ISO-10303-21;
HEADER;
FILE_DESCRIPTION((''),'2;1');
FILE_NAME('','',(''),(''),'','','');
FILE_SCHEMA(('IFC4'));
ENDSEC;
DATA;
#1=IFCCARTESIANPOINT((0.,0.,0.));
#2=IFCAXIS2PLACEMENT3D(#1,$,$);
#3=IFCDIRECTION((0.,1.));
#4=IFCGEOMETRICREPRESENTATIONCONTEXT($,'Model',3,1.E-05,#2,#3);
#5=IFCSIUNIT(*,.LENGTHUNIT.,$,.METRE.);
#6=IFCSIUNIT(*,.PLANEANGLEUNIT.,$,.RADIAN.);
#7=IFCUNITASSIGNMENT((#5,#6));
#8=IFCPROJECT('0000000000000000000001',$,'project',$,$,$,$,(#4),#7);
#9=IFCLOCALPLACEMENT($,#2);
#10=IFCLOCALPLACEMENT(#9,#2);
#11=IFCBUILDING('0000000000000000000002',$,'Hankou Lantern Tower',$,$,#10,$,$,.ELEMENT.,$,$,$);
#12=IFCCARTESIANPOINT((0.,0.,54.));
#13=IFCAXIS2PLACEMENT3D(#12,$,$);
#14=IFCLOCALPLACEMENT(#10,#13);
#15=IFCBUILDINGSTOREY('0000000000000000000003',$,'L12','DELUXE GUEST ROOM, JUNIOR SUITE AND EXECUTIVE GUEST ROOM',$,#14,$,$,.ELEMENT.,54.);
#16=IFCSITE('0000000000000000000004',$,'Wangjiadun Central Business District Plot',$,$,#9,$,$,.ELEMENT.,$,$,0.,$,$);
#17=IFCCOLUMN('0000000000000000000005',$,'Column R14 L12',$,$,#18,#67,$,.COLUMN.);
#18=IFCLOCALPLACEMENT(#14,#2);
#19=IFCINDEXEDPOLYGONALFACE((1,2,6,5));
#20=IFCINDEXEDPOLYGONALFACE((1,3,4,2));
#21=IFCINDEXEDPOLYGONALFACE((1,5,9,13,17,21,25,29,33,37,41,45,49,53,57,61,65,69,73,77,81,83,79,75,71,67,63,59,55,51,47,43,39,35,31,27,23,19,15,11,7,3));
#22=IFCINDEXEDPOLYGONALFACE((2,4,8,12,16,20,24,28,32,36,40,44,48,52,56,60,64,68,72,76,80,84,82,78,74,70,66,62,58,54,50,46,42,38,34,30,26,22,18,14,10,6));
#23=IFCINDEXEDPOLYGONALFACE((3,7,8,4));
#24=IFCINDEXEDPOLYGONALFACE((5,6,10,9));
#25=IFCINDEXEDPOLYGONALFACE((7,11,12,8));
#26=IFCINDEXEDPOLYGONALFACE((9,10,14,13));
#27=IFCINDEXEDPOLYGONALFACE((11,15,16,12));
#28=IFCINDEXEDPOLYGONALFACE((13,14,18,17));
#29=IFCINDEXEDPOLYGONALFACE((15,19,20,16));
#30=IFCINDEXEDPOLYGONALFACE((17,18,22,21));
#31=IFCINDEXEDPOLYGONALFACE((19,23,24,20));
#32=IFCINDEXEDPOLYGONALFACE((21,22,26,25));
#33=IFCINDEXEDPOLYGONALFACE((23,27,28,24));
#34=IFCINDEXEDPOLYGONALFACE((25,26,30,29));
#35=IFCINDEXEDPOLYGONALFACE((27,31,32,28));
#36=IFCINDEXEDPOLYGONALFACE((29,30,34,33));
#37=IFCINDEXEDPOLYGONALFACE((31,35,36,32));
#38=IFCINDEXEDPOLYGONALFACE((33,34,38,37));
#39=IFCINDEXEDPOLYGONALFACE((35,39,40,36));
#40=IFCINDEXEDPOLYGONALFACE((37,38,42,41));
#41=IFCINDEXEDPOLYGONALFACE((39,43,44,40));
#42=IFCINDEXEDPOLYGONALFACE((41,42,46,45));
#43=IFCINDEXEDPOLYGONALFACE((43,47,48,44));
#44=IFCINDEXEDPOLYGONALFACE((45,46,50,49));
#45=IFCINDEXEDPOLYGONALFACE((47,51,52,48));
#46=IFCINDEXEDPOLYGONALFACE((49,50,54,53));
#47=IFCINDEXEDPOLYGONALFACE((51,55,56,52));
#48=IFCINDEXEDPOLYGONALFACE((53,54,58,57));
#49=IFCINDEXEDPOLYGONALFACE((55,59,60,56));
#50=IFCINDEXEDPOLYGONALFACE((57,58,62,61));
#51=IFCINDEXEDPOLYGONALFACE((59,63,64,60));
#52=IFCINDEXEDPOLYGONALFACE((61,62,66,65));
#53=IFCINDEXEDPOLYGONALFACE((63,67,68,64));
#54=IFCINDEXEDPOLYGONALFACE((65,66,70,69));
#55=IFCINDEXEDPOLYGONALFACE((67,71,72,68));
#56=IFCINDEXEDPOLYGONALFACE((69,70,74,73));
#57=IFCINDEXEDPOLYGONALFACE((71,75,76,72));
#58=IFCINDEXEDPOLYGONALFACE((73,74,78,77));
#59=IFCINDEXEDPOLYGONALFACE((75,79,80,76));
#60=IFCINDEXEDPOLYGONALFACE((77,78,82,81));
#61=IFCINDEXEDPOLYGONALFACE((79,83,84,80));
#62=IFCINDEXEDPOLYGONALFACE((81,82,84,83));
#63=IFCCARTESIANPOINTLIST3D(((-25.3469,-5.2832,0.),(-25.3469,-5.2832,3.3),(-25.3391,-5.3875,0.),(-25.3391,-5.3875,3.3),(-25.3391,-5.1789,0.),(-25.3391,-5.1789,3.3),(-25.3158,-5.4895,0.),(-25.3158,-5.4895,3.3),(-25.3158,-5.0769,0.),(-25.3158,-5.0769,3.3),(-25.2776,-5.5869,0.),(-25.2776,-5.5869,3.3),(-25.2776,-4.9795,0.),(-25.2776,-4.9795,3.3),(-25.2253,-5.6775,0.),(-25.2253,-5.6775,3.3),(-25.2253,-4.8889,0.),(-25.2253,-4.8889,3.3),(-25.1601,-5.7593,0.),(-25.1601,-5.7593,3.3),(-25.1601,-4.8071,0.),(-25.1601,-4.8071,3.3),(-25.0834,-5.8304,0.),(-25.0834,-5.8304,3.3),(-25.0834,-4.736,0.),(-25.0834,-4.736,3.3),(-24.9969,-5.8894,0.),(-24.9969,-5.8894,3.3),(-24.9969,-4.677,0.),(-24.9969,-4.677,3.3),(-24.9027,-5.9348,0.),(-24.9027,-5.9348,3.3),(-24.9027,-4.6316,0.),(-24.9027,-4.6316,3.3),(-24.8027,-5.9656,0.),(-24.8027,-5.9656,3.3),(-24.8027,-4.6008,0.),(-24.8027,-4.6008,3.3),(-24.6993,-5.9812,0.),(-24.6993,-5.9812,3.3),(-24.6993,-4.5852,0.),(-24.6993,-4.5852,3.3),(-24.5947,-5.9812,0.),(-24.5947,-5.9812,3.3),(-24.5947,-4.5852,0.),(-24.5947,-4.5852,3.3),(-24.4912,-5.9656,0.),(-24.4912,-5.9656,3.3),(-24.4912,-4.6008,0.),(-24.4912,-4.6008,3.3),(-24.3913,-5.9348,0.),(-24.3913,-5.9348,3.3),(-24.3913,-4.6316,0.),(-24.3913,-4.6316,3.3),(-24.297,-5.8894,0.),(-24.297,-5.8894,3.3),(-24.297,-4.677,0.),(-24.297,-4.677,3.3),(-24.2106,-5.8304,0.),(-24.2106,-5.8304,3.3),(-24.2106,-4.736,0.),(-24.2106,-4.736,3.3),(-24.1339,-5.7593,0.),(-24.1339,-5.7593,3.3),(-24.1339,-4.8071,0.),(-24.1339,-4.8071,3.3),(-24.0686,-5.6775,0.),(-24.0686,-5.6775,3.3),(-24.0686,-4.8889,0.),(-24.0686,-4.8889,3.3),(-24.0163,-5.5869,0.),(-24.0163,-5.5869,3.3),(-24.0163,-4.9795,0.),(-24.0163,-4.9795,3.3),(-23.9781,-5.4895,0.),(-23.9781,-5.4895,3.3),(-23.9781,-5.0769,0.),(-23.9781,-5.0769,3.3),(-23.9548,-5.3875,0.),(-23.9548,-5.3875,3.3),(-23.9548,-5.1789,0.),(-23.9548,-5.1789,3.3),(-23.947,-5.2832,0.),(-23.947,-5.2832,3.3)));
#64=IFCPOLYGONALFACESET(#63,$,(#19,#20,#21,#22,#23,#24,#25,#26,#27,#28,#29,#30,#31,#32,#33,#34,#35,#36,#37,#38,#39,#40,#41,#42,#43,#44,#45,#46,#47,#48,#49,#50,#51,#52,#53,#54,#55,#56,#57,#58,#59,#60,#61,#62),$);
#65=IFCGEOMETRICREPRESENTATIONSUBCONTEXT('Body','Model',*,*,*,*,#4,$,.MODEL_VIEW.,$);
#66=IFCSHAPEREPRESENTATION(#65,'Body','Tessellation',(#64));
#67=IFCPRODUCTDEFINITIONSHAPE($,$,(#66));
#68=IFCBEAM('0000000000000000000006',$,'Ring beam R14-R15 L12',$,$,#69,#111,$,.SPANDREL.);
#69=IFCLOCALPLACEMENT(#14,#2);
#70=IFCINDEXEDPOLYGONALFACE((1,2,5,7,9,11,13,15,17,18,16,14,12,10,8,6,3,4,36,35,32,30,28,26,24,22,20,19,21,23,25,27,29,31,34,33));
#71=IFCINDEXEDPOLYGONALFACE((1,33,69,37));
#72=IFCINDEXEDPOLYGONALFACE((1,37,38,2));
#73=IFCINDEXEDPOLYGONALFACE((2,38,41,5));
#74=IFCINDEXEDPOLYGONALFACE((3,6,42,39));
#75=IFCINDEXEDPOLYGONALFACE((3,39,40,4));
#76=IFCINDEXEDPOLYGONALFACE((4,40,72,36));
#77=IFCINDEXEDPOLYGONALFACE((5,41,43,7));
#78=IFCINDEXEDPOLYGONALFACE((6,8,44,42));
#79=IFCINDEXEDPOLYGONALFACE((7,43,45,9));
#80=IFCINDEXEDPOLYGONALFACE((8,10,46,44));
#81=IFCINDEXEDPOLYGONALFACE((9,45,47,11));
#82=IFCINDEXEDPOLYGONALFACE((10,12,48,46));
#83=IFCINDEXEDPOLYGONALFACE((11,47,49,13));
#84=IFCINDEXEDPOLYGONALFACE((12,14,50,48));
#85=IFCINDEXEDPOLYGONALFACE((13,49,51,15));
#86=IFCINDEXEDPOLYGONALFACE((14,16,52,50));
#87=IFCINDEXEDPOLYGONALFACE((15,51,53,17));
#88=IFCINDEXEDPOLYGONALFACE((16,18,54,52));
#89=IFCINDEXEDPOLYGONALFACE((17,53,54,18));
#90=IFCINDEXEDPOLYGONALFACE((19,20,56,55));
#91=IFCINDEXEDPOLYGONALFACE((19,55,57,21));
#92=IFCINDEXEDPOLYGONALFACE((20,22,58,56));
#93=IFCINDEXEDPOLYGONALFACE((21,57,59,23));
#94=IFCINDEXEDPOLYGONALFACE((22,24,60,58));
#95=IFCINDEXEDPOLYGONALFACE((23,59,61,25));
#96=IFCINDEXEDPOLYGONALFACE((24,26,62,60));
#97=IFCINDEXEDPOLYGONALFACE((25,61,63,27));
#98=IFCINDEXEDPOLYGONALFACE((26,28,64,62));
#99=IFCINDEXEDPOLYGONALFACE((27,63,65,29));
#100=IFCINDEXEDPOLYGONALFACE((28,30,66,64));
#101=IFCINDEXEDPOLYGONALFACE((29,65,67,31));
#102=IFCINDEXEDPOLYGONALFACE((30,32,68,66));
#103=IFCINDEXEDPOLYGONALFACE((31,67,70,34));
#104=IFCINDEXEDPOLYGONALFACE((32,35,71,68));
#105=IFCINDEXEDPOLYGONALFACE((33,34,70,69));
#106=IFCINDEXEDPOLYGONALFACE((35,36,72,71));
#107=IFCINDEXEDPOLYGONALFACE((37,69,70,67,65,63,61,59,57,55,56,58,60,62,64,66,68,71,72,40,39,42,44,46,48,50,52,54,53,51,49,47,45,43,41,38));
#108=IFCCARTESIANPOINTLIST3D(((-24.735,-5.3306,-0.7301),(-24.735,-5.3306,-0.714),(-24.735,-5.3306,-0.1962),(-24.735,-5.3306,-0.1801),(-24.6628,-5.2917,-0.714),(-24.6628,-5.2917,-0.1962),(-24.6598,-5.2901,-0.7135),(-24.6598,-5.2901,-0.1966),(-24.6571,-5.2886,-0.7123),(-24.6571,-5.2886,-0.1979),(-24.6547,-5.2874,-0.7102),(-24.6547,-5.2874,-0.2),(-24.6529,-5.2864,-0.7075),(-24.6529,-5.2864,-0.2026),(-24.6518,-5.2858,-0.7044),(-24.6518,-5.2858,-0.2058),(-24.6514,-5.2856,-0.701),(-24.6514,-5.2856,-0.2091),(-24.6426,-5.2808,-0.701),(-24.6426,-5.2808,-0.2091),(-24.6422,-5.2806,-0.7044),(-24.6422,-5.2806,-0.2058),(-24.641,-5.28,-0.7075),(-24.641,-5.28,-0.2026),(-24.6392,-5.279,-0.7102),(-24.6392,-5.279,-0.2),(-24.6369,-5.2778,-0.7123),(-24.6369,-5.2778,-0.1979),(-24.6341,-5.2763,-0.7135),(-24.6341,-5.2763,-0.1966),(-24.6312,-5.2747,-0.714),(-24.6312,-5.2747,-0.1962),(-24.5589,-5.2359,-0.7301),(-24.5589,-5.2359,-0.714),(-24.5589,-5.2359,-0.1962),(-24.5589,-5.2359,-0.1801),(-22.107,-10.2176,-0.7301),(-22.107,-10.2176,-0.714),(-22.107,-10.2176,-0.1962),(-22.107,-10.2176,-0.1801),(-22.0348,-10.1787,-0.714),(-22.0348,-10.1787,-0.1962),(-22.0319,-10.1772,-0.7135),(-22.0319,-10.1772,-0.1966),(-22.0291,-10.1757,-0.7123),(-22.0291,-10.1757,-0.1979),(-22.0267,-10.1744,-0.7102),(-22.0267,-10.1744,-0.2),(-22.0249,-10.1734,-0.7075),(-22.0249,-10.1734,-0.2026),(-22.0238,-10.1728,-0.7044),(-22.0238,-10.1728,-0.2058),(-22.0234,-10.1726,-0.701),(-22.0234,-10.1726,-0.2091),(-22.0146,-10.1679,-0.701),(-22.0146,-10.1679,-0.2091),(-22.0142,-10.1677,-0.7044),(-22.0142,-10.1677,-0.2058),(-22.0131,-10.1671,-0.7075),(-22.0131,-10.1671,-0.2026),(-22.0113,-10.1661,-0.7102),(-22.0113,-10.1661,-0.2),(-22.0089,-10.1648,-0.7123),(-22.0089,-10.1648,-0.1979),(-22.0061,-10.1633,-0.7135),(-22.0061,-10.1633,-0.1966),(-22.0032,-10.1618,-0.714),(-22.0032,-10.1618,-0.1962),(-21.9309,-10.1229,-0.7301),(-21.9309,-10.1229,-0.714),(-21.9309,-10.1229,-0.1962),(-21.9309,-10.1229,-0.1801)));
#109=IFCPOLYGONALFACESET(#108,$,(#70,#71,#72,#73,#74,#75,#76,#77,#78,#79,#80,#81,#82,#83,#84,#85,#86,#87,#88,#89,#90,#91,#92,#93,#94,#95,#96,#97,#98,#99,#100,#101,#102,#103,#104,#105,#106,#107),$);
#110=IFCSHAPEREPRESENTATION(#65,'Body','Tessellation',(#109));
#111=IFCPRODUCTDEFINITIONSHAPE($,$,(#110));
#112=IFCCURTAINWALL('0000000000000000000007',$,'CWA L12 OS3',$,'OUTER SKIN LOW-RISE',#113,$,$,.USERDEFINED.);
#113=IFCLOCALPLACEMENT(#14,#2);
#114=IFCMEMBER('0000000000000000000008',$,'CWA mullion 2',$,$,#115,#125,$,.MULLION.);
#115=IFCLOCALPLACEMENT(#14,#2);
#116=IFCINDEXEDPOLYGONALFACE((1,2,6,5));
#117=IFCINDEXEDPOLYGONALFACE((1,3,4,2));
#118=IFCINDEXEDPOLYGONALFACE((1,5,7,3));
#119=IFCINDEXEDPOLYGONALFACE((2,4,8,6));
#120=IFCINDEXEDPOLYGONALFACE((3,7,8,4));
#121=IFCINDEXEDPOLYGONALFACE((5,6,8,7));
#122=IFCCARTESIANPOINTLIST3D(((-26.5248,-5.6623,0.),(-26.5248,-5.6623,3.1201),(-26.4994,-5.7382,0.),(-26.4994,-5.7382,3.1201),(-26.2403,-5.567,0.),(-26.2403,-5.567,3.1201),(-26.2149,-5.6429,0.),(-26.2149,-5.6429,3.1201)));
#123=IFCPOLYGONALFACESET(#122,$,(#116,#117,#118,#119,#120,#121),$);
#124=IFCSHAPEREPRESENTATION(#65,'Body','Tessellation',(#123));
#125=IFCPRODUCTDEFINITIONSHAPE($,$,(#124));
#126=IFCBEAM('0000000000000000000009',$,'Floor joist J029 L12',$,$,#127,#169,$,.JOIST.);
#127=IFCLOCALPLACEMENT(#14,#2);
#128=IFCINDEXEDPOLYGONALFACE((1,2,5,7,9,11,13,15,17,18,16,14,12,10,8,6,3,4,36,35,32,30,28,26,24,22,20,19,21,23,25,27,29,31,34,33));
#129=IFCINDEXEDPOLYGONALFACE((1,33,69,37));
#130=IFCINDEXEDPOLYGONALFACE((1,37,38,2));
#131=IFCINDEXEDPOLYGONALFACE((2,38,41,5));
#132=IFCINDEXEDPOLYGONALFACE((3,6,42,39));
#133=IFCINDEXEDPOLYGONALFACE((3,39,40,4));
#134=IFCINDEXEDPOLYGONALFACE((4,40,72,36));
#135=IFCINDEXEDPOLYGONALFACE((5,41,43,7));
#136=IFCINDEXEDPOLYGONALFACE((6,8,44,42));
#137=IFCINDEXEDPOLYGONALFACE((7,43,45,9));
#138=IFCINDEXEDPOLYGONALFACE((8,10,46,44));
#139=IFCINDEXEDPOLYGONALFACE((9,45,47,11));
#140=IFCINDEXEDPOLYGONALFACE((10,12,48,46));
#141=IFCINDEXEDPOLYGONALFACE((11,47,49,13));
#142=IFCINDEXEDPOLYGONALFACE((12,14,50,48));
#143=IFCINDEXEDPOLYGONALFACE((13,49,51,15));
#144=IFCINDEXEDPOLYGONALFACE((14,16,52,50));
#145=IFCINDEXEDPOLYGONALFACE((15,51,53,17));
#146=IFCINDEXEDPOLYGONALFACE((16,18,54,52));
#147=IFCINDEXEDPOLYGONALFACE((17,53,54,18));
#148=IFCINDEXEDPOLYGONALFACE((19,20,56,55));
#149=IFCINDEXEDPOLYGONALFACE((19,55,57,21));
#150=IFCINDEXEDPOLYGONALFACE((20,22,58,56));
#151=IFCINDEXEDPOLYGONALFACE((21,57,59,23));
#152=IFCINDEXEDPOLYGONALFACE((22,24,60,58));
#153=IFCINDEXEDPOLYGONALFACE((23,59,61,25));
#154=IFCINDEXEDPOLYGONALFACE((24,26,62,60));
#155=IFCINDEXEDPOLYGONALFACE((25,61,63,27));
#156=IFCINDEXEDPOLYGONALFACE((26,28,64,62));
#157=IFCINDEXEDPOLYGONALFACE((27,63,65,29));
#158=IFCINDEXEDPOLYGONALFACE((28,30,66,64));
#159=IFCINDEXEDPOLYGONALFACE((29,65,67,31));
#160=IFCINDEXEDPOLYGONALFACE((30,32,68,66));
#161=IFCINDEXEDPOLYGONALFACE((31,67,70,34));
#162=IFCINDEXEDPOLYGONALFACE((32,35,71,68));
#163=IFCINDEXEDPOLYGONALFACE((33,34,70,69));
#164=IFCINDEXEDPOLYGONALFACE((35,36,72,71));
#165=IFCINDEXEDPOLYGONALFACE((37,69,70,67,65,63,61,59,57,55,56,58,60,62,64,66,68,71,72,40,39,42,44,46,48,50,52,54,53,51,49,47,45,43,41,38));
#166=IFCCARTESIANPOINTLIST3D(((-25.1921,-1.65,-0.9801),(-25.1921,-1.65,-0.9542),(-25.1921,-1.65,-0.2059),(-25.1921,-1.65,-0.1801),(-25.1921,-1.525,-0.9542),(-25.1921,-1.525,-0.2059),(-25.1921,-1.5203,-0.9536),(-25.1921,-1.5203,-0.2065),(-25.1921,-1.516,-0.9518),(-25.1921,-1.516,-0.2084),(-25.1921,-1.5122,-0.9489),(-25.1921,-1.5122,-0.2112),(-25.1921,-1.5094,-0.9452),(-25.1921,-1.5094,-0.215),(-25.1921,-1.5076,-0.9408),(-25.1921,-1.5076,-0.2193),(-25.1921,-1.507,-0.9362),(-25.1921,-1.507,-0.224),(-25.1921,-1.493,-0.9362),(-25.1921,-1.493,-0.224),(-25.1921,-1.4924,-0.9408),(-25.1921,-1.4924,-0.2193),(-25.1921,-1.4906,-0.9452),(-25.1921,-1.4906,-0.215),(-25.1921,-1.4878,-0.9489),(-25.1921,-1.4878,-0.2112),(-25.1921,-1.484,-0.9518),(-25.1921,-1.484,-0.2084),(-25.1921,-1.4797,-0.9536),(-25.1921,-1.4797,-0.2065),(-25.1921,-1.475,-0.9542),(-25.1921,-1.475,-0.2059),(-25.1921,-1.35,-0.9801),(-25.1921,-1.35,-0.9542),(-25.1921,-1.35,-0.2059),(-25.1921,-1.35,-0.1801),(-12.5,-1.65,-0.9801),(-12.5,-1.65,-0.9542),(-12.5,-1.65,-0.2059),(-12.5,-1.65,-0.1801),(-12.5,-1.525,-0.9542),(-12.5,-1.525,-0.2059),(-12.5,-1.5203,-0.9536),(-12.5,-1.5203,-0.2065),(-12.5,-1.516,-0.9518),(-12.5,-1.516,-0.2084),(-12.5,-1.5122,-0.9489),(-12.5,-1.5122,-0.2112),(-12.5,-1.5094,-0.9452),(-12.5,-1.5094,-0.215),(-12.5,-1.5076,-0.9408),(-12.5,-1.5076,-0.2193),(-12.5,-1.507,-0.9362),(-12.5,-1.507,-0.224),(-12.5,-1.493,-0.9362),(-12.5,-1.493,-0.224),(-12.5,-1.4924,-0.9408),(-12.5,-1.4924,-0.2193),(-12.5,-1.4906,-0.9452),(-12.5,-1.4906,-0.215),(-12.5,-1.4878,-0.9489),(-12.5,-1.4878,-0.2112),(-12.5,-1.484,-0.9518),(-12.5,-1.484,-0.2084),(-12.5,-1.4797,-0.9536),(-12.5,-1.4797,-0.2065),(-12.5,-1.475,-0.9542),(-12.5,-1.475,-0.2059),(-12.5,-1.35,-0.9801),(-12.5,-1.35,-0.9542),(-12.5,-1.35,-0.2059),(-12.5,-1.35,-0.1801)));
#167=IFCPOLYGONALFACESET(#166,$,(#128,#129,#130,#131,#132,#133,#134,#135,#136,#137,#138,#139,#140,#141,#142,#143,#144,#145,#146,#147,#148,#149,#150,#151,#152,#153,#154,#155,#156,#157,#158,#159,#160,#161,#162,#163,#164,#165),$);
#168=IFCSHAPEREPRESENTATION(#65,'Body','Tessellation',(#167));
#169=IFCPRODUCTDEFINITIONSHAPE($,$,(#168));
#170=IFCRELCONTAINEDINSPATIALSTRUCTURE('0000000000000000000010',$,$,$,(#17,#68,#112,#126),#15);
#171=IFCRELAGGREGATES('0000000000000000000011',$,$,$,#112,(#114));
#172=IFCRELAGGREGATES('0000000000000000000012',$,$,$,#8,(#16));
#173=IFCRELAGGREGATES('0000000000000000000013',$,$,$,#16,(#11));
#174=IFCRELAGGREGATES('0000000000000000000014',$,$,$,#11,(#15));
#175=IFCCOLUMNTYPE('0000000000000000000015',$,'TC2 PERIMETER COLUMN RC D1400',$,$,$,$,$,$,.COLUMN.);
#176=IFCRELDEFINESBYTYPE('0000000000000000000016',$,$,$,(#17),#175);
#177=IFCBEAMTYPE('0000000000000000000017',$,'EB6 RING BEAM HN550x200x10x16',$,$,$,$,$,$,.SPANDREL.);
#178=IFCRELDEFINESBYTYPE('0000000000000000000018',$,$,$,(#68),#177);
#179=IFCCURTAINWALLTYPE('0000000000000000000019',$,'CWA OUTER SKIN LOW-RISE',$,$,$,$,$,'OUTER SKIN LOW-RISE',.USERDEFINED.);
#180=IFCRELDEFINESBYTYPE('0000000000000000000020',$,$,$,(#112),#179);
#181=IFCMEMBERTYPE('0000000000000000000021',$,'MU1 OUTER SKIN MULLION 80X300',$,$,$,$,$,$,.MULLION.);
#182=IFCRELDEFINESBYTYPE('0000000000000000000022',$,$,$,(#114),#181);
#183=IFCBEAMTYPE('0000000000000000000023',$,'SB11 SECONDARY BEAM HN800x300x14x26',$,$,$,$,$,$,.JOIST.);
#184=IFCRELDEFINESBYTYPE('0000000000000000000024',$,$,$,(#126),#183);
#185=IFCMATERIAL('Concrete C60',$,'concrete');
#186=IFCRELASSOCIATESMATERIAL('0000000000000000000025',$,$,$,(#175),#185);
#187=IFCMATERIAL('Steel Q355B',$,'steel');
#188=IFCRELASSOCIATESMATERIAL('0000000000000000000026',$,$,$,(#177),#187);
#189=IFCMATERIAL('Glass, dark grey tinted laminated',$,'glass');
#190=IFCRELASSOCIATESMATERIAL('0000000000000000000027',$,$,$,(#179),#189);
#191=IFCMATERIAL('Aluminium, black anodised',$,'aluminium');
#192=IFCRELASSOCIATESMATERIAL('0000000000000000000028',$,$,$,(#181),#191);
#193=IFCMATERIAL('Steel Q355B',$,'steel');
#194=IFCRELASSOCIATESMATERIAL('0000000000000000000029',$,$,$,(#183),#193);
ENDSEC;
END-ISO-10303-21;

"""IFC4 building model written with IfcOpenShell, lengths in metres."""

from ifc_helpers import new_model, si_unit, direction, frame, origin, origin_2d, place, context, subcontext, project, spatial, rectangle, circle, i_section, extrude, material, material_profile, profile_set, type_object, element, aggregate, save


model = new_model("IFC4")

# Units and contexts
model_context = context("Model", 3, precision=1e-05, world=origin(), true_north=direction((0.0, 1.0)))
body_context = subcontext(model_context, "Body", "Model", "MODEL_VIEW")
ifc_project = project(units=[si_unit("LENGTHUNIT", "METRE"), si_unit("PLANEANGLEUNIT", "RADIAN")], contexts=[model_context])

# Site, building, storey
site_placement = place(None, origin())
site = spatial("IfcSite", under=ifc_project, at=site_placement, Name="Wangjiadun Central Business District Plot", CompositionType="ELEMENT", RefElevation=0.0)
building_placement = place(site_placement, origin())
building = spatial("IfcBuilding", under=site, at=building_placement, Name="Hankou Lantern Tower", CompositionType="ELEMENT")
storey_placement = place(building_placement, frame((0.0, 0.0, 54.0)))
storey = spatial("IfcBuildingStorey", under=building, at=storey_placement, Name="L12", Description="DELUXE GUEST ROOM, JUNIOR SUITE AND EXECUTIVE GUEST ROOM", CompositionType="ELEMENT", Elevation=54.0)

# Column
ifc_material_1 = material(Name="Concrete C60", Category="concrete")
ifc_material_profile_1 = material_profile(ifc_material_1, circle(Radius=0.7, at=origin_2d()), Name="RC D1400")
ifc_profile_set_1 = profile_set([ifc_material_profile_1], Name="Concrete C60")
column_type = type_object("IfcColumnType", Name="TC2 PERIMETER COLUMN RC D1400", PredefinedType="COLUMN", material=ifc_profile_set_1)
column_placement = place(storey_placement, frame((-24.647, -5.2832, 0.0), z_axis=(0.0, 0.0, 1.0), x_axis=(1.0, 0.0, 0.0)))
element("IfcColumn", 1, at=column_placement, inside=storey, type_object=column_type, Name="Column R14 L12", PredefinedType="COLUMN", context=body_context, shape_type="SweptSolid", body=[
    extrude(circle(Radius=0.7, at=origin_2d()), origin(), (0.0, 0.0, 1.0), 3.3),
])

# Beam
ifc_material_2 = material(Name="Steel Q355B", Category="steel")
ifc_material_profile_2 = material_profile(ifc_material_2, i_section(OverallWidth=0.2, OverallDepth=0.55, WebThickness=0.01, FlangeThickness=0.0161, FilletRadius=0.0129, at=origin_2d()), Name="HN550x200x10x16")
ifc_profile_set_2 = profile_set([ifc_material_profile_2], Name="Steel Q355B")
beam_type_1 = type_object("IfcBeamType", Name="EB6 RING BEAM HN550x200x10x16", PredefinedType="SPANDREL", material=ifc_profile_set_2)
beam_1_placement = place(storey_placement, frame((-24.647, -5.2832, -0.4551), z_axis=(0.473609, -0.880735, 0.0), x_axis=(0.880735, 0.473609, 0.0)))
element("IfcBeam", 2, at=beam_1_placement, inside=storey, type_object=beam_type_1, Name="Ring beam R14-R15 L12", PredefinedType="SPANDREL", context=body_context, shape_type="SweptSolid", body=[
    extrude(i_section(OverallWidth=0.2, OverallDepth=0.55, WebThickness=0.01, FlangeThickness=0.0161, FilletRadius=0.0129, at=origin_2d()), origin(), (0.0, 0.0, 1.0), 5.5488),
])

# Curtain wall, member
ifc_material_3 = material(Name="Glass, dark grey tinted laminated", Category="glass")
curtain_wall_type = type_object("IfcCurtainWallType", Name="CWA OUTER SKIN LOW-RISE", ElementType="OUTER SKIN LOW-RISE", PredefinedType="USERDEFINED", material=ifc_material_3)
curtain_wall_placement = place(storey_placement, origin())
curtain_wall = element("IfcCurtainWall", 3, at=curtain_wall_placement, inside=storey, type_object=curtain_wall_type, Name="CWA L12 OS3", ObjectType="OUTER SKIN LOW-RISE", PredefinedType="USERDEFINED")
ifc_material_4 = material(Name="Aluminium, black anodised", Category="aluminium")
ifc_material_profile_3 = material_profile(ifc_material_4, rectangle(XDim=0.0801, YDim=0.3, at=origin_2d()), Name="MU1 80X300")
ifc_profile_set_3 = profile_set([ifc_material_profile_3], Name="Aluminium, black anodised")
member_type_1 = type_object("IfcMemberType", Name="MU1 OUTER SKIN MULLION 80X300", PredefinedType="MULLION", material=ifc_profile_set_3)
member_1_placement = place(storey_placement, frame((-26.3699, -5.6526, 0.0), z_axis=(0.0, 0.0, 1.0), x_axis=(0.317596, -0.948226, 0.0)))
member_1 = element("IfcMember", 4, at=member_1_placement, type_object=member_type_1, Name="CWA mullion 2", PredefinedType="MULLION", context=body_context, shape_type="SweptSolid", body=[
    extrude(rectangle(XDim=0.0801, YDim=0.3, at=origin_2d()), origin(), (0.0, 0.0, 1.0), 3.1201),
])

# Beam
ifc_material_5 = material(Name="Steel Q355B", Category="steel")
ifc_material_profile_4 = material_profile(ifc_material_5, i_section(OverallWidth=0.3, OverallDepth=0.8, WebThickness=0.0139, FlangeThickness=0.0259, FilletRadius=0.0181, at=origin_2d()), Name="HN800x300x14x26")
ifc_profile_set_4 = profile_set([ifc_material_profile_4], Name="Steel Q355B")
beam_type_2 = type_object("IfcBeamType", Name="SB11 SECONDARY BEAM HN800x300x14x26", PredefinedType="JOIST", material=ifc_profile_set_4)
beam_2_placement = place(storey_placement, frame((-25.1921, -1.5, -0.5801), z_axis=(1.0, 0.0, 0.0), x_axis=(0.0, 1.0, 0.0)))
element("IfcBeam", 5, at=beam_2_placement, inside=storey, type_object=beam_type_2, Name="Floor joist J029 L12", PredefinedType="JOIST", context=body_context, shape_type="SweptSolid", body=[
    extrude(i_section(OverallWidth=0.3, OverallDepth=0.8, WebThickness=0.0139, FlangeThickness=0.0259, FilletRadius=0.0181, at=origin_2d()), origin(), (0.0, 0.0, 1.0), 12.6921),
])

aggregate(curtain_wall, [member_1])

save(model, "model.ifc")
